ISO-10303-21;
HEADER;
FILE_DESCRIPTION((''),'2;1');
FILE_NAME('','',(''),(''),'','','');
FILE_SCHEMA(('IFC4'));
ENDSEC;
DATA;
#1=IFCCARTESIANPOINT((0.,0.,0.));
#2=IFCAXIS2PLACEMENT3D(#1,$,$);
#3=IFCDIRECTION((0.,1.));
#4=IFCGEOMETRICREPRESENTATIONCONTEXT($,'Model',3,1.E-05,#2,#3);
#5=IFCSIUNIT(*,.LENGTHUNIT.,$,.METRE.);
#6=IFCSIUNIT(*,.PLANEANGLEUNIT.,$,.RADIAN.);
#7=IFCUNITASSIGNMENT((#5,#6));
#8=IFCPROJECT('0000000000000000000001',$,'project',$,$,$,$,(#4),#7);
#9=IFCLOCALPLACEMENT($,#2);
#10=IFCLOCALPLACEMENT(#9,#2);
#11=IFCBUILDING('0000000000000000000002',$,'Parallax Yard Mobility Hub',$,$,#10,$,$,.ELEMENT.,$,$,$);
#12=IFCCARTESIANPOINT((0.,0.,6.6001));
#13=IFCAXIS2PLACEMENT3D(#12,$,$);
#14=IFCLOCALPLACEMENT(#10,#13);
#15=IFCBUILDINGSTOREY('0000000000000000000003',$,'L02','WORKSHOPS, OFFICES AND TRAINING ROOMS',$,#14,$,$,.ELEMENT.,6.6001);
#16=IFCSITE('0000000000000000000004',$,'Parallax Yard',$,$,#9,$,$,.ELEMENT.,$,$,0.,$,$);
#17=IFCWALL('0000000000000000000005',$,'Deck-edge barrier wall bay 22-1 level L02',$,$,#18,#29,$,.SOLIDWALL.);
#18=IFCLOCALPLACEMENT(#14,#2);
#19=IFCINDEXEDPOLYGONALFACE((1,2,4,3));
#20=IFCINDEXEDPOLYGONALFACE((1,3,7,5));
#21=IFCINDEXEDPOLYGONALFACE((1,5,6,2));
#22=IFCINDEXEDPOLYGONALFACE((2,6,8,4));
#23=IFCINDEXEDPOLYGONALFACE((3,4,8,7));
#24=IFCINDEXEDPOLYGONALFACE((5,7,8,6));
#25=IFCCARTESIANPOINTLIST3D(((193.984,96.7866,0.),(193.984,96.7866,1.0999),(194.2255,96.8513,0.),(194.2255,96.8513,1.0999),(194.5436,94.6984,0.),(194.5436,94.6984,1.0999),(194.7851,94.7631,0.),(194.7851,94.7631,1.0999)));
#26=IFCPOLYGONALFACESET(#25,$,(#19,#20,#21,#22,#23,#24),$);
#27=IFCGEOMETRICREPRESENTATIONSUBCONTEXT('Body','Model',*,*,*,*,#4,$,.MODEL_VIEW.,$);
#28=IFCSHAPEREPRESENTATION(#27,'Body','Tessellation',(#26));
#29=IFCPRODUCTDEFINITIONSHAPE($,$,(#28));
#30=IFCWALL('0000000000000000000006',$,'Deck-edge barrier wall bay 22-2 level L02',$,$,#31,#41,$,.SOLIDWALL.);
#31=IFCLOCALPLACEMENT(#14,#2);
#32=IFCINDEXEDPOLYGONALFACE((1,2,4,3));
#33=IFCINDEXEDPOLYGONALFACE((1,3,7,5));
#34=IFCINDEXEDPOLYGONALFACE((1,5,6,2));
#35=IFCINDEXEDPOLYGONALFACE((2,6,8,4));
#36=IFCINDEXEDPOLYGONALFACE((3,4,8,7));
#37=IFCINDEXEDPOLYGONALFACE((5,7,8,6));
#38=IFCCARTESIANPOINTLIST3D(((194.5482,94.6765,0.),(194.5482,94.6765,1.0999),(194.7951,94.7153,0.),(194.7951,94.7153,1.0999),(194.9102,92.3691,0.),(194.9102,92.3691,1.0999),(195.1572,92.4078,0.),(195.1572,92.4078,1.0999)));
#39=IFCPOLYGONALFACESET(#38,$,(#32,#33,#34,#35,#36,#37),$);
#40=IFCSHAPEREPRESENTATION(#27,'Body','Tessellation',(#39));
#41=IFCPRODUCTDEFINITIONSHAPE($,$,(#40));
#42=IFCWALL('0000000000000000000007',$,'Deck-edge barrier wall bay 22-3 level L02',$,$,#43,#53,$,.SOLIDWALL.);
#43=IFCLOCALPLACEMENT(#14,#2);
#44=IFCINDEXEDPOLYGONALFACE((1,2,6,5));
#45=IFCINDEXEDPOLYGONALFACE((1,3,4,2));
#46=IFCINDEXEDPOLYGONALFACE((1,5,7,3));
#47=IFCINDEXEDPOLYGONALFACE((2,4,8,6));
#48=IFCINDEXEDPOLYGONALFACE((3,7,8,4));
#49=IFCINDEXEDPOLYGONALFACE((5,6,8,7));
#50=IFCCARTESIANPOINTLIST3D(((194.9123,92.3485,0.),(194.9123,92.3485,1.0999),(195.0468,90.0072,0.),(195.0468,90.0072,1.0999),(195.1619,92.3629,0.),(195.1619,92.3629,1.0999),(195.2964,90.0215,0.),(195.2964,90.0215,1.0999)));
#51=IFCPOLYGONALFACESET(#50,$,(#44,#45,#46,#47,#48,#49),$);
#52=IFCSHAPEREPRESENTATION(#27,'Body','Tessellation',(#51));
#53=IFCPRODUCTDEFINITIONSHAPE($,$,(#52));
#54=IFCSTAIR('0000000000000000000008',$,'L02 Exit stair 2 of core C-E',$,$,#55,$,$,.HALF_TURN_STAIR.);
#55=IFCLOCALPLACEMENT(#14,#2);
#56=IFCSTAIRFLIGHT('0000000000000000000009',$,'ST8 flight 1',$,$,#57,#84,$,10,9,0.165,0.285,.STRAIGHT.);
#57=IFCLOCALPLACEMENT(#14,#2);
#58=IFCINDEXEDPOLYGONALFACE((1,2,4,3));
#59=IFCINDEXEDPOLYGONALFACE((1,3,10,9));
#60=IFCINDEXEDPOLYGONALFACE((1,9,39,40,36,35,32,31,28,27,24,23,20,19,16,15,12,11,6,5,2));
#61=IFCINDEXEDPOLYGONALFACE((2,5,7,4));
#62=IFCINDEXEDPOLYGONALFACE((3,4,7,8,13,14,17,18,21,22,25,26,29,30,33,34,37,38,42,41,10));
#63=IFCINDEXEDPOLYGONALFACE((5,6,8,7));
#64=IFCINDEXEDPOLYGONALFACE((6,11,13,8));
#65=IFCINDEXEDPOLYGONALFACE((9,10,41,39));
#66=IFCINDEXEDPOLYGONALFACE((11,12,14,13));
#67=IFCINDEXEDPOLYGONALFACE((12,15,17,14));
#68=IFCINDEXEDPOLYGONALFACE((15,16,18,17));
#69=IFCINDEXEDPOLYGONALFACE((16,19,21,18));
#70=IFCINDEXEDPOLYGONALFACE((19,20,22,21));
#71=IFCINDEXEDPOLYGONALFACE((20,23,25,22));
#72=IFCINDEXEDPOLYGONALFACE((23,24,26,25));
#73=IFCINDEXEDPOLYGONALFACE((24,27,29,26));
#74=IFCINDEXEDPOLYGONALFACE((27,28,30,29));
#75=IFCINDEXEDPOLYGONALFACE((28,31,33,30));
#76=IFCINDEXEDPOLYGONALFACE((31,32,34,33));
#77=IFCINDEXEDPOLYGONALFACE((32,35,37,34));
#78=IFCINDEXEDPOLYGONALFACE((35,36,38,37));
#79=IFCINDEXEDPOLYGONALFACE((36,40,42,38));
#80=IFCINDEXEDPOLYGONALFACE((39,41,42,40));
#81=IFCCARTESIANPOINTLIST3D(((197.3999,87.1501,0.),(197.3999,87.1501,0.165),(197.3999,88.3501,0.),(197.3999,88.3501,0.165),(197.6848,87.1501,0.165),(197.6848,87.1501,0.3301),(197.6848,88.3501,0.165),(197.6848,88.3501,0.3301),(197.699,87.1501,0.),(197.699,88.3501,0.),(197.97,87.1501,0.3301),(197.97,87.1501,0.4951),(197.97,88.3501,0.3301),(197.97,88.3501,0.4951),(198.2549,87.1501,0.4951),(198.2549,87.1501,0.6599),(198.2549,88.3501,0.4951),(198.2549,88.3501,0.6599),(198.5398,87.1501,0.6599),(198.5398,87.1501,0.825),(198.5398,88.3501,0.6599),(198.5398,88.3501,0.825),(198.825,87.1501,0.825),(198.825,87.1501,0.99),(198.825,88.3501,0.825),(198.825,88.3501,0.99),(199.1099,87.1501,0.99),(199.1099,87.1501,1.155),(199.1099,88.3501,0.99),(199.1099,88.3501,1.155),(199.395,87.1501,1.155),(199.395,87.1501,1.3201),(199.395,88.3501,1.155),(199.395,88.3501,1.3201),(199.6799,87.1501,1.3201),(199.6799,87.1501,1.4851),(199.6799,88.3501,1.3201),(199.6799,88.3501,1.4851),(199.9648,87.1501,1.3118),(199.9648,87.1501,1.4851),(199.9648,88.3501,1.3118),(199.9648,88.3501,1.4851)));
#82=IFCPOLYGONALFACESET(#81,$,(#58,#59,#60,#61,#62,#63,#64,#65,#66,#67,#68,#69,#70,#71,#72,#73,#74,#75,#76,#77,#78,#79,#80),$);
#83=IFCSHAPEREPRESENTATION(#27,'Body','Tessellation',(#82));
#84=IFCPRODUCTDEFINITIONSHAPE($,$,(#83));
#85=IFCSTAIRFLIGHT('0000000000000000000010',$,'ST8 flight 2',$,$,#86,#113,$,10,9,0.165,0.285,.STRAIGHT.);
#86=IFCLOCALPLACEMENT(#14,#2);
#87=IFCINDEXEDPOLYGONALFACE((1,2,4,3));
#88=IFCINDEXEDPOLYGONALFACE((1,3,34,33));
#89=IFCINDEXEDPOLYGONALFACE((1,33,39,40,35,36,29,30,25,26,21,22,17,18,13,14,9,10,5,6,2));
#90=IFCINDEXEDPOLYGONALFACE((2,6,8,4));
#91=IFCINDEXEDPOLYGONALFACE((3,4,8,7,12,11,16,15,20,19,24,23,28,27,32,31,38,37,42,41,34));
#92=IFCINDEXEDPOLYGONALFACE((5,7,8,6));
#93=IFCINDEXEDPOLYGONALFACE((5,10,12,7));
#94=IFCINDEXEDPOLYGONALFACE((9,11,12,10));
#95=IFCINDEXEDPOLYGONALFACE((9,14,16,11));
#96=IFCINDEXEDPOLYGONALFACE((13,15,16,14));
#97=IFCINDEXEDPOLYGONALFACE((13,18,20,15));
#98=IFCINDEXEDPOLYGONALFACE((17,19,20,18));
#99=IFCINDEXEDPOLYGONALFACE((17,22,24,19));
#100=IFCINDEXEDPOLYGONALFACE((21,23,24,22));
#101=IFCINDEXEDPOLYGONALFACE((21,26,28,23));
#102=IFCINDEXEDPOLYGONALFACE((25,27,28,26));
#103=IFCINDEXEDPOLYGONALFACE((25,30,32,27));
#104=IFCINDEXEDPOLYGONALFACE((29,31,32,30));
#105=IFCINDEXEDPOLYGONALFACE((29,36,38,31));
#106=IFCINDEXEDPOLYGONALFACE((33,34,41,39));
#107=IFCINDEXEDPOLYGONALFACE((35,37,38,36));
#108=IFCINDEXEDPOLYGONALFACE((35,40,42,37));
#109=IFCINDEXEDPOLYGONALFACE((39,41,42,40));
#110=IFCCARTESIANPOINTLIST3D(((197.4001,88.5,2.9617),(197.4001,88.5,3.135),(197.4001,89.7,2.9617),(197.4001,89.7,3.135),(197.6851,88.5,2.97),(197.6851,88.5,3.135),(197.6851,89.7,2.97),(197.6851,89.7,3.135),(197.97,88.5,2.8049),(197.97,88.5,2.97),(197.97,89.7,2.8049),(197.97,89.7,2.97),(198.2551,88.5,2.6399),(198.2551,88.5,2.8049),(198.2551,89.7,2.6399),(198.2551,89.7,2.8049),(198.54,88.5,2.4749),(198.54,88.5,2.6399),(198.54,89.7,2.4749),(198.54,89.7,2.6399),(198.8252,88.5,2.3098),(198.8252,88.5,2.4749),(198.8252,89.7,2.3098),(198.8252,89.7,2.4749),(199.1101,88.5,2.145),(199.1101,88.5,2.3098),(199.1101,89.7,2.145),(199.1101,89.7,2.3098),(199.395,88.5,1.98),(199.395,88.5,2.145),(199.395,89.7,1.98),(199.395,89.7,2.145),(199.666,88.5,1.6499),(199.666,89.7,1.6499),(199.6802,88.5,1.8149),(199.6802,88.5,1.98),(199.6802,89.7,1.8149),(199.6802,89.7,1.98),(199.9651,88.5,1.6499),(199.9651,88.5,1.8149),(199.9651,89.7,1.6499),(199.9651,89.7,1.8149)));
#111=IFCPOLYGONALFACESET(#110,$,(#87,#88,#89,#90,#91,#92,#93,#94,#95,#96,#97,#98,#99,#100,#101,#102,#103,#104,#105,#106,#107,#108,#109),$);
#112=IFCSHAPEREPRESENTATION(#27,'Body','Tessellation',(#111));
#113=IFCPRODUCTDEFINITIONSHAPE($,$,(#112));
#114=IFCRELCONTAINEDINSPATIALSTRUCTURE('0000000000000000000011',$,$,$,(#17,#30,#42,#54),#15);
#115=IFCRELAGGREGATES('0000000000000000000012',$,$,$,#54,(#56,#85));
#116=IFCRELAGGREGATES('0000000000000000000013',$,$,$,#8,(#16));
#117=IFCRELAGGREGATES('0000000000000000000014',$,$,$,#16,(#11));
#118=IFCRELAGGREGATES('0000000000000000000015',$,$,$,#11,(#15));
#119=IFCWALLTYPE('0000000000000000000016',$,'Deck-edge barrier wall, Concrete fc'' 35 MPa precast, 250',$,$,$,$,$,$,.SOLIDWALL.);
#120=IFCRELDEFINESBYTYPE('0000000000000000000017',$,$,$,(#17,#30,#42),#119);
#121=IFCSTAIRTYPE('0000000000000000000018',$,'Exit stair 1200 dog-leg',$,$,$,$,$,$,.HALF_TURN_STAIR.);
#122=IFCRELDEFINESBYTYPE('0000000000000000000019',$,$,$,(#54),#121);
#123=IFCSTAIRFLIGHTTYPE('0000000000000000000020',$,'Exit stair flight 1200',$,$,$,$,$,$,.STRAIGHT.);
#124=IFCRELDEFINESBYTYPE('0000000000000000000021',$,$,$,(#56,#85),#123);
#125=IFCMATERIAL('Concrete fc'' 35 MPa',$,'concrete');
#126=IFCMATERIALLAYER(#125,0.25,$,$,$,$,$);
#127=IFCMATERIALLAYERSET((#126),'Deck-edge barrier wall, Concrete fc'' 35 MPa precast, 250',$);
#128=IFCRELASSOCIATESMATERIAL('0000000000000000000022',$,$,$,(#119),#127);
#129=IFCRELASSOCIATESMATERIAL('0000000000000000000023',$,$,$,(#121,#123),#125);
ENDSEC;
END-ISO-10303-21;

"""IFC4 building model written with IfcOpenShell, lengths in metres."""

from ifc_helpers import new_model, si_unit, direction, frame, frame_2d, origin, place, context, subcontext, project, spatial, polyline, rectangle, outline, extrude, material, layer, layer_set, type_object, element, aggregate, save


model = new_model("IFC4")

# Units and contexts
model_context = context("Model", 3, precision=1e-05, world=origin(), true_north=direction((0.0, 1.0)))
body_context = subcontext(model_context, "Body", "Model", "MODEL_VIEW")
ifc_project = project(units=[si_unit("LENGTHUNIT", "METRE"), si_unit("PLANEANGLEUNIT", "RADIAN")], contexts=[model_context])

# Site, building, storey
site_placement = place(None, origin())
site = spatial("IfcSite", under=ifc_project, at=site_placement, Name="Parallax Yard", CompositionType="ELEMENT", RefElevation=0.0)
building_placement = place(site_placement, origin())
building = spatial("IfcBuilding", under=site, at=building_placement, Name="Parallax Yard Mobility Hub", CompositionType="ELEMENT")
storey_placement = place(building_placement, frame((0.0, 0.0, 6.6001)))
storey = spatial("IfcBuildingStorey", under=building, at=storey_placement, Name="L02", Description="WORKSHOPS, OFFICES AND TRAINING ROOMS", CompositionType="ELEMENT", Elevation=6.6001)

# Shared definitions
ifc_material_1 = material(Name="Concrete fc' 35 MPa", Category="concrete")

# Walls
ifc_layer_1 = layer(ifc_material_1, 0.25)
ifc_layer_set_1 = layer_set([ifc_layer_1], Name="Deck-edge barrier wall, Concrete fc' 35 MPa precast, 250")
wall_type_1 = type_object("IfcWallType", Name="Deck-edge barrier wall, Concrete fc' 35 MPa precast, 250", PredefinedType="SOLIDWALL", material=ifc_layer_set_1)
wall_1_placement = place(storey_placement, frame((194.1047, 96.8191, 0.0), z_axis=(0.0, 0.0, 1.0), x_axis=(0.258843, -0.965919, 0.0)))
element("IfcWall", 1, at=wall_1_placement, inside=storey, type_object=wall_type_1, Name="Deck-edge barrier wall bay 22-1 level L02", PredefinedType="SOLIDWALL", context=body_context, shape_type="SweptSolid", body=[
    extrude(rectangle(XDim=2.1619, YDim=0.25, at=frame_2d((1.0811, 0.0))), origin(), (0.0, 0.0, 1.0), 1.0999),
])
wall_2_placement = place(storey_placement, frame((194.6716, 94.696, 0.0), z_axis=(0.0, 0.0, 1.0), x_axis=(0.155018, -0.987912, 0.0)))
element("IfcWall", 2, at=wall_2_placement, inside=storey, type_object=wall_type_1, Name="Deck-edge barrier wall bay 22-2 level L02", PredefinedType="SOLIDWALL", context=body_context, shape_type="SweptSolid", body=[
    extrude(rectangle(XDim=2.3357, YDim=0.25, at=frame_2d((1.168, 0.0))), origin(), (0.0, 0.0, 1.0), 1.0999),
])
wall_3_placement = place(storey_placement, frame((195.0371, 92.3557, 0.0), z_axis=(0.0, 0.0, 1.0), x_axis=(0.057361, -0.998353, 0.0)))
element("IfcWall", 3, at=wall_3_placement, inside=storey, type_object=wall_type_1, Name="Deck-edge barrier wall bay 22-3 level L02", PredefinedType="SOLIDWALL", context=body_context, shape_type="SweptSolid", body=[
    extrude(rectangle(XDim=2.3452, YDim=0.25, at=frame_2d((1.1726, 0.0))), origin(), (0.0, 0.0, 1.0), 1.0999),
])

# Stair, stair flights
stair_type = type_object("IfcStairType", Name="Exit stair 1200 dog-leg", PredefinedType="HALF_TURN_STAIR", material=ifc_material_1)
stair_placement = place(storey_placement, origin())
stair = element("IfcStair", 4, at=stair_placement, inside=storey, type_object=stair_type, Name="L02 Exit stair 2 of core C-E", PredefinedType="HALF_TURN_STAIR")
stair_flight_type = type_object("IfcStairFlightType", Name="Exit stair flight 1200", PredefinedType="STRAIGHT", material=ifc_material_1)
stair_flight_1_placement = place(storey_placement, frame((197.3999, 87.75, 0.0), z_axis=(0.0, 0.0, 1.0), x_axis=(1.0, 0.0, 0.0)))
stair_flight_1 = element("IfcStairFlight", 5, at=stair_flight_1_placement, type_object=stair_flight_type, Name="ST8 flight 1", NumberOfRisers=10, NumberOfTreads=9, PredefinedType="STRAIGHT", RiserHeight=0.165, TreadLength=0.285, context=body_context, shape_type="SweptSolid", body=[
    extrude(outline(polyline([(0.0, 0.0), (0.0, 0.165), (0.2849, 0.165), (0.2849, 0.3301), (0.5701, 0.3301), (0.5701, 0.4951), (0.855, 0.4951), (0.855, 0.6599), (1.1399, 0.6599), (1.1399, 0.825), (1.425, 0.825), (1.425, 0.99), (1.71, 0.99), (1.71, 1.155), (1.9951, 1.155), (1.9951, 1.3201), (2.28, 1.3201), (2.28, 1.4851), (2.5649, 1.4851), (2.5649, 1.6499), (2.5649, 1.3118), (0.2991, 0.0), (0.0, 0.0)])), frame((0.0, 0.6001, 0.0), z_axis=(0.0, -1.0, 0.0), x_axis=(1.0, 0.0, 0.0)), (0.0, 0.0, 1.0), 1.2),
])
stair_flight_2_placement = place(storey_placement, frame((199.9651, 89.1001, 1.6499), z_axis=(0.0, 0.0, 1.0), x_axis=(-1.0, 0.0, 0.0)))
stair_flight_2 = element("IfcStairFlight", 6, at=stair_flight_2_placement, type_object=stair_flight_type, Name="ST8 flight 2", NumberOfRisers=10, NumberOfTreads=9, PredefinedType="STRAIGHT", RiserHeight=0.165, TreadLength=0.285, context=body_context, shape_type="SweptSolid", body=[
    extrude(outline(polyline([(0.0, 0.0), (0.0, 0.165), (0.2849, 0.165), (0.2849, 0.3301), (0.5701, 0.3301), (0.5701, 0.4951), (0.855, 0.4951), (0.855, 0.6599), (1.1399, 0.6599), (1.1399, 0.825), (1.425, 0.825), (1.425, 0.99), (1.71, 0.99), (1.71, 1.155), (1.9951, 1.155), (1.9951, 1.3201), (2.28, 1.3201), (2.28, 1.4851), (2.5649, 1.4851), (2.5649, 1.6499), (2.5649, 1.3118), (0.2991, 0.0), (0.0, 0.0)])), frame((0.0, 0.6001, 0.0), z_axis=(0.0, -1.0, 0.0), x_axis=(1.0, 0.0, 0.0)), (0.0, 0.0, 1.0), 1.2),
])
aggregate(stair, [stair_flight_1, stair_flight_2])

save(model, "model.ifc")
